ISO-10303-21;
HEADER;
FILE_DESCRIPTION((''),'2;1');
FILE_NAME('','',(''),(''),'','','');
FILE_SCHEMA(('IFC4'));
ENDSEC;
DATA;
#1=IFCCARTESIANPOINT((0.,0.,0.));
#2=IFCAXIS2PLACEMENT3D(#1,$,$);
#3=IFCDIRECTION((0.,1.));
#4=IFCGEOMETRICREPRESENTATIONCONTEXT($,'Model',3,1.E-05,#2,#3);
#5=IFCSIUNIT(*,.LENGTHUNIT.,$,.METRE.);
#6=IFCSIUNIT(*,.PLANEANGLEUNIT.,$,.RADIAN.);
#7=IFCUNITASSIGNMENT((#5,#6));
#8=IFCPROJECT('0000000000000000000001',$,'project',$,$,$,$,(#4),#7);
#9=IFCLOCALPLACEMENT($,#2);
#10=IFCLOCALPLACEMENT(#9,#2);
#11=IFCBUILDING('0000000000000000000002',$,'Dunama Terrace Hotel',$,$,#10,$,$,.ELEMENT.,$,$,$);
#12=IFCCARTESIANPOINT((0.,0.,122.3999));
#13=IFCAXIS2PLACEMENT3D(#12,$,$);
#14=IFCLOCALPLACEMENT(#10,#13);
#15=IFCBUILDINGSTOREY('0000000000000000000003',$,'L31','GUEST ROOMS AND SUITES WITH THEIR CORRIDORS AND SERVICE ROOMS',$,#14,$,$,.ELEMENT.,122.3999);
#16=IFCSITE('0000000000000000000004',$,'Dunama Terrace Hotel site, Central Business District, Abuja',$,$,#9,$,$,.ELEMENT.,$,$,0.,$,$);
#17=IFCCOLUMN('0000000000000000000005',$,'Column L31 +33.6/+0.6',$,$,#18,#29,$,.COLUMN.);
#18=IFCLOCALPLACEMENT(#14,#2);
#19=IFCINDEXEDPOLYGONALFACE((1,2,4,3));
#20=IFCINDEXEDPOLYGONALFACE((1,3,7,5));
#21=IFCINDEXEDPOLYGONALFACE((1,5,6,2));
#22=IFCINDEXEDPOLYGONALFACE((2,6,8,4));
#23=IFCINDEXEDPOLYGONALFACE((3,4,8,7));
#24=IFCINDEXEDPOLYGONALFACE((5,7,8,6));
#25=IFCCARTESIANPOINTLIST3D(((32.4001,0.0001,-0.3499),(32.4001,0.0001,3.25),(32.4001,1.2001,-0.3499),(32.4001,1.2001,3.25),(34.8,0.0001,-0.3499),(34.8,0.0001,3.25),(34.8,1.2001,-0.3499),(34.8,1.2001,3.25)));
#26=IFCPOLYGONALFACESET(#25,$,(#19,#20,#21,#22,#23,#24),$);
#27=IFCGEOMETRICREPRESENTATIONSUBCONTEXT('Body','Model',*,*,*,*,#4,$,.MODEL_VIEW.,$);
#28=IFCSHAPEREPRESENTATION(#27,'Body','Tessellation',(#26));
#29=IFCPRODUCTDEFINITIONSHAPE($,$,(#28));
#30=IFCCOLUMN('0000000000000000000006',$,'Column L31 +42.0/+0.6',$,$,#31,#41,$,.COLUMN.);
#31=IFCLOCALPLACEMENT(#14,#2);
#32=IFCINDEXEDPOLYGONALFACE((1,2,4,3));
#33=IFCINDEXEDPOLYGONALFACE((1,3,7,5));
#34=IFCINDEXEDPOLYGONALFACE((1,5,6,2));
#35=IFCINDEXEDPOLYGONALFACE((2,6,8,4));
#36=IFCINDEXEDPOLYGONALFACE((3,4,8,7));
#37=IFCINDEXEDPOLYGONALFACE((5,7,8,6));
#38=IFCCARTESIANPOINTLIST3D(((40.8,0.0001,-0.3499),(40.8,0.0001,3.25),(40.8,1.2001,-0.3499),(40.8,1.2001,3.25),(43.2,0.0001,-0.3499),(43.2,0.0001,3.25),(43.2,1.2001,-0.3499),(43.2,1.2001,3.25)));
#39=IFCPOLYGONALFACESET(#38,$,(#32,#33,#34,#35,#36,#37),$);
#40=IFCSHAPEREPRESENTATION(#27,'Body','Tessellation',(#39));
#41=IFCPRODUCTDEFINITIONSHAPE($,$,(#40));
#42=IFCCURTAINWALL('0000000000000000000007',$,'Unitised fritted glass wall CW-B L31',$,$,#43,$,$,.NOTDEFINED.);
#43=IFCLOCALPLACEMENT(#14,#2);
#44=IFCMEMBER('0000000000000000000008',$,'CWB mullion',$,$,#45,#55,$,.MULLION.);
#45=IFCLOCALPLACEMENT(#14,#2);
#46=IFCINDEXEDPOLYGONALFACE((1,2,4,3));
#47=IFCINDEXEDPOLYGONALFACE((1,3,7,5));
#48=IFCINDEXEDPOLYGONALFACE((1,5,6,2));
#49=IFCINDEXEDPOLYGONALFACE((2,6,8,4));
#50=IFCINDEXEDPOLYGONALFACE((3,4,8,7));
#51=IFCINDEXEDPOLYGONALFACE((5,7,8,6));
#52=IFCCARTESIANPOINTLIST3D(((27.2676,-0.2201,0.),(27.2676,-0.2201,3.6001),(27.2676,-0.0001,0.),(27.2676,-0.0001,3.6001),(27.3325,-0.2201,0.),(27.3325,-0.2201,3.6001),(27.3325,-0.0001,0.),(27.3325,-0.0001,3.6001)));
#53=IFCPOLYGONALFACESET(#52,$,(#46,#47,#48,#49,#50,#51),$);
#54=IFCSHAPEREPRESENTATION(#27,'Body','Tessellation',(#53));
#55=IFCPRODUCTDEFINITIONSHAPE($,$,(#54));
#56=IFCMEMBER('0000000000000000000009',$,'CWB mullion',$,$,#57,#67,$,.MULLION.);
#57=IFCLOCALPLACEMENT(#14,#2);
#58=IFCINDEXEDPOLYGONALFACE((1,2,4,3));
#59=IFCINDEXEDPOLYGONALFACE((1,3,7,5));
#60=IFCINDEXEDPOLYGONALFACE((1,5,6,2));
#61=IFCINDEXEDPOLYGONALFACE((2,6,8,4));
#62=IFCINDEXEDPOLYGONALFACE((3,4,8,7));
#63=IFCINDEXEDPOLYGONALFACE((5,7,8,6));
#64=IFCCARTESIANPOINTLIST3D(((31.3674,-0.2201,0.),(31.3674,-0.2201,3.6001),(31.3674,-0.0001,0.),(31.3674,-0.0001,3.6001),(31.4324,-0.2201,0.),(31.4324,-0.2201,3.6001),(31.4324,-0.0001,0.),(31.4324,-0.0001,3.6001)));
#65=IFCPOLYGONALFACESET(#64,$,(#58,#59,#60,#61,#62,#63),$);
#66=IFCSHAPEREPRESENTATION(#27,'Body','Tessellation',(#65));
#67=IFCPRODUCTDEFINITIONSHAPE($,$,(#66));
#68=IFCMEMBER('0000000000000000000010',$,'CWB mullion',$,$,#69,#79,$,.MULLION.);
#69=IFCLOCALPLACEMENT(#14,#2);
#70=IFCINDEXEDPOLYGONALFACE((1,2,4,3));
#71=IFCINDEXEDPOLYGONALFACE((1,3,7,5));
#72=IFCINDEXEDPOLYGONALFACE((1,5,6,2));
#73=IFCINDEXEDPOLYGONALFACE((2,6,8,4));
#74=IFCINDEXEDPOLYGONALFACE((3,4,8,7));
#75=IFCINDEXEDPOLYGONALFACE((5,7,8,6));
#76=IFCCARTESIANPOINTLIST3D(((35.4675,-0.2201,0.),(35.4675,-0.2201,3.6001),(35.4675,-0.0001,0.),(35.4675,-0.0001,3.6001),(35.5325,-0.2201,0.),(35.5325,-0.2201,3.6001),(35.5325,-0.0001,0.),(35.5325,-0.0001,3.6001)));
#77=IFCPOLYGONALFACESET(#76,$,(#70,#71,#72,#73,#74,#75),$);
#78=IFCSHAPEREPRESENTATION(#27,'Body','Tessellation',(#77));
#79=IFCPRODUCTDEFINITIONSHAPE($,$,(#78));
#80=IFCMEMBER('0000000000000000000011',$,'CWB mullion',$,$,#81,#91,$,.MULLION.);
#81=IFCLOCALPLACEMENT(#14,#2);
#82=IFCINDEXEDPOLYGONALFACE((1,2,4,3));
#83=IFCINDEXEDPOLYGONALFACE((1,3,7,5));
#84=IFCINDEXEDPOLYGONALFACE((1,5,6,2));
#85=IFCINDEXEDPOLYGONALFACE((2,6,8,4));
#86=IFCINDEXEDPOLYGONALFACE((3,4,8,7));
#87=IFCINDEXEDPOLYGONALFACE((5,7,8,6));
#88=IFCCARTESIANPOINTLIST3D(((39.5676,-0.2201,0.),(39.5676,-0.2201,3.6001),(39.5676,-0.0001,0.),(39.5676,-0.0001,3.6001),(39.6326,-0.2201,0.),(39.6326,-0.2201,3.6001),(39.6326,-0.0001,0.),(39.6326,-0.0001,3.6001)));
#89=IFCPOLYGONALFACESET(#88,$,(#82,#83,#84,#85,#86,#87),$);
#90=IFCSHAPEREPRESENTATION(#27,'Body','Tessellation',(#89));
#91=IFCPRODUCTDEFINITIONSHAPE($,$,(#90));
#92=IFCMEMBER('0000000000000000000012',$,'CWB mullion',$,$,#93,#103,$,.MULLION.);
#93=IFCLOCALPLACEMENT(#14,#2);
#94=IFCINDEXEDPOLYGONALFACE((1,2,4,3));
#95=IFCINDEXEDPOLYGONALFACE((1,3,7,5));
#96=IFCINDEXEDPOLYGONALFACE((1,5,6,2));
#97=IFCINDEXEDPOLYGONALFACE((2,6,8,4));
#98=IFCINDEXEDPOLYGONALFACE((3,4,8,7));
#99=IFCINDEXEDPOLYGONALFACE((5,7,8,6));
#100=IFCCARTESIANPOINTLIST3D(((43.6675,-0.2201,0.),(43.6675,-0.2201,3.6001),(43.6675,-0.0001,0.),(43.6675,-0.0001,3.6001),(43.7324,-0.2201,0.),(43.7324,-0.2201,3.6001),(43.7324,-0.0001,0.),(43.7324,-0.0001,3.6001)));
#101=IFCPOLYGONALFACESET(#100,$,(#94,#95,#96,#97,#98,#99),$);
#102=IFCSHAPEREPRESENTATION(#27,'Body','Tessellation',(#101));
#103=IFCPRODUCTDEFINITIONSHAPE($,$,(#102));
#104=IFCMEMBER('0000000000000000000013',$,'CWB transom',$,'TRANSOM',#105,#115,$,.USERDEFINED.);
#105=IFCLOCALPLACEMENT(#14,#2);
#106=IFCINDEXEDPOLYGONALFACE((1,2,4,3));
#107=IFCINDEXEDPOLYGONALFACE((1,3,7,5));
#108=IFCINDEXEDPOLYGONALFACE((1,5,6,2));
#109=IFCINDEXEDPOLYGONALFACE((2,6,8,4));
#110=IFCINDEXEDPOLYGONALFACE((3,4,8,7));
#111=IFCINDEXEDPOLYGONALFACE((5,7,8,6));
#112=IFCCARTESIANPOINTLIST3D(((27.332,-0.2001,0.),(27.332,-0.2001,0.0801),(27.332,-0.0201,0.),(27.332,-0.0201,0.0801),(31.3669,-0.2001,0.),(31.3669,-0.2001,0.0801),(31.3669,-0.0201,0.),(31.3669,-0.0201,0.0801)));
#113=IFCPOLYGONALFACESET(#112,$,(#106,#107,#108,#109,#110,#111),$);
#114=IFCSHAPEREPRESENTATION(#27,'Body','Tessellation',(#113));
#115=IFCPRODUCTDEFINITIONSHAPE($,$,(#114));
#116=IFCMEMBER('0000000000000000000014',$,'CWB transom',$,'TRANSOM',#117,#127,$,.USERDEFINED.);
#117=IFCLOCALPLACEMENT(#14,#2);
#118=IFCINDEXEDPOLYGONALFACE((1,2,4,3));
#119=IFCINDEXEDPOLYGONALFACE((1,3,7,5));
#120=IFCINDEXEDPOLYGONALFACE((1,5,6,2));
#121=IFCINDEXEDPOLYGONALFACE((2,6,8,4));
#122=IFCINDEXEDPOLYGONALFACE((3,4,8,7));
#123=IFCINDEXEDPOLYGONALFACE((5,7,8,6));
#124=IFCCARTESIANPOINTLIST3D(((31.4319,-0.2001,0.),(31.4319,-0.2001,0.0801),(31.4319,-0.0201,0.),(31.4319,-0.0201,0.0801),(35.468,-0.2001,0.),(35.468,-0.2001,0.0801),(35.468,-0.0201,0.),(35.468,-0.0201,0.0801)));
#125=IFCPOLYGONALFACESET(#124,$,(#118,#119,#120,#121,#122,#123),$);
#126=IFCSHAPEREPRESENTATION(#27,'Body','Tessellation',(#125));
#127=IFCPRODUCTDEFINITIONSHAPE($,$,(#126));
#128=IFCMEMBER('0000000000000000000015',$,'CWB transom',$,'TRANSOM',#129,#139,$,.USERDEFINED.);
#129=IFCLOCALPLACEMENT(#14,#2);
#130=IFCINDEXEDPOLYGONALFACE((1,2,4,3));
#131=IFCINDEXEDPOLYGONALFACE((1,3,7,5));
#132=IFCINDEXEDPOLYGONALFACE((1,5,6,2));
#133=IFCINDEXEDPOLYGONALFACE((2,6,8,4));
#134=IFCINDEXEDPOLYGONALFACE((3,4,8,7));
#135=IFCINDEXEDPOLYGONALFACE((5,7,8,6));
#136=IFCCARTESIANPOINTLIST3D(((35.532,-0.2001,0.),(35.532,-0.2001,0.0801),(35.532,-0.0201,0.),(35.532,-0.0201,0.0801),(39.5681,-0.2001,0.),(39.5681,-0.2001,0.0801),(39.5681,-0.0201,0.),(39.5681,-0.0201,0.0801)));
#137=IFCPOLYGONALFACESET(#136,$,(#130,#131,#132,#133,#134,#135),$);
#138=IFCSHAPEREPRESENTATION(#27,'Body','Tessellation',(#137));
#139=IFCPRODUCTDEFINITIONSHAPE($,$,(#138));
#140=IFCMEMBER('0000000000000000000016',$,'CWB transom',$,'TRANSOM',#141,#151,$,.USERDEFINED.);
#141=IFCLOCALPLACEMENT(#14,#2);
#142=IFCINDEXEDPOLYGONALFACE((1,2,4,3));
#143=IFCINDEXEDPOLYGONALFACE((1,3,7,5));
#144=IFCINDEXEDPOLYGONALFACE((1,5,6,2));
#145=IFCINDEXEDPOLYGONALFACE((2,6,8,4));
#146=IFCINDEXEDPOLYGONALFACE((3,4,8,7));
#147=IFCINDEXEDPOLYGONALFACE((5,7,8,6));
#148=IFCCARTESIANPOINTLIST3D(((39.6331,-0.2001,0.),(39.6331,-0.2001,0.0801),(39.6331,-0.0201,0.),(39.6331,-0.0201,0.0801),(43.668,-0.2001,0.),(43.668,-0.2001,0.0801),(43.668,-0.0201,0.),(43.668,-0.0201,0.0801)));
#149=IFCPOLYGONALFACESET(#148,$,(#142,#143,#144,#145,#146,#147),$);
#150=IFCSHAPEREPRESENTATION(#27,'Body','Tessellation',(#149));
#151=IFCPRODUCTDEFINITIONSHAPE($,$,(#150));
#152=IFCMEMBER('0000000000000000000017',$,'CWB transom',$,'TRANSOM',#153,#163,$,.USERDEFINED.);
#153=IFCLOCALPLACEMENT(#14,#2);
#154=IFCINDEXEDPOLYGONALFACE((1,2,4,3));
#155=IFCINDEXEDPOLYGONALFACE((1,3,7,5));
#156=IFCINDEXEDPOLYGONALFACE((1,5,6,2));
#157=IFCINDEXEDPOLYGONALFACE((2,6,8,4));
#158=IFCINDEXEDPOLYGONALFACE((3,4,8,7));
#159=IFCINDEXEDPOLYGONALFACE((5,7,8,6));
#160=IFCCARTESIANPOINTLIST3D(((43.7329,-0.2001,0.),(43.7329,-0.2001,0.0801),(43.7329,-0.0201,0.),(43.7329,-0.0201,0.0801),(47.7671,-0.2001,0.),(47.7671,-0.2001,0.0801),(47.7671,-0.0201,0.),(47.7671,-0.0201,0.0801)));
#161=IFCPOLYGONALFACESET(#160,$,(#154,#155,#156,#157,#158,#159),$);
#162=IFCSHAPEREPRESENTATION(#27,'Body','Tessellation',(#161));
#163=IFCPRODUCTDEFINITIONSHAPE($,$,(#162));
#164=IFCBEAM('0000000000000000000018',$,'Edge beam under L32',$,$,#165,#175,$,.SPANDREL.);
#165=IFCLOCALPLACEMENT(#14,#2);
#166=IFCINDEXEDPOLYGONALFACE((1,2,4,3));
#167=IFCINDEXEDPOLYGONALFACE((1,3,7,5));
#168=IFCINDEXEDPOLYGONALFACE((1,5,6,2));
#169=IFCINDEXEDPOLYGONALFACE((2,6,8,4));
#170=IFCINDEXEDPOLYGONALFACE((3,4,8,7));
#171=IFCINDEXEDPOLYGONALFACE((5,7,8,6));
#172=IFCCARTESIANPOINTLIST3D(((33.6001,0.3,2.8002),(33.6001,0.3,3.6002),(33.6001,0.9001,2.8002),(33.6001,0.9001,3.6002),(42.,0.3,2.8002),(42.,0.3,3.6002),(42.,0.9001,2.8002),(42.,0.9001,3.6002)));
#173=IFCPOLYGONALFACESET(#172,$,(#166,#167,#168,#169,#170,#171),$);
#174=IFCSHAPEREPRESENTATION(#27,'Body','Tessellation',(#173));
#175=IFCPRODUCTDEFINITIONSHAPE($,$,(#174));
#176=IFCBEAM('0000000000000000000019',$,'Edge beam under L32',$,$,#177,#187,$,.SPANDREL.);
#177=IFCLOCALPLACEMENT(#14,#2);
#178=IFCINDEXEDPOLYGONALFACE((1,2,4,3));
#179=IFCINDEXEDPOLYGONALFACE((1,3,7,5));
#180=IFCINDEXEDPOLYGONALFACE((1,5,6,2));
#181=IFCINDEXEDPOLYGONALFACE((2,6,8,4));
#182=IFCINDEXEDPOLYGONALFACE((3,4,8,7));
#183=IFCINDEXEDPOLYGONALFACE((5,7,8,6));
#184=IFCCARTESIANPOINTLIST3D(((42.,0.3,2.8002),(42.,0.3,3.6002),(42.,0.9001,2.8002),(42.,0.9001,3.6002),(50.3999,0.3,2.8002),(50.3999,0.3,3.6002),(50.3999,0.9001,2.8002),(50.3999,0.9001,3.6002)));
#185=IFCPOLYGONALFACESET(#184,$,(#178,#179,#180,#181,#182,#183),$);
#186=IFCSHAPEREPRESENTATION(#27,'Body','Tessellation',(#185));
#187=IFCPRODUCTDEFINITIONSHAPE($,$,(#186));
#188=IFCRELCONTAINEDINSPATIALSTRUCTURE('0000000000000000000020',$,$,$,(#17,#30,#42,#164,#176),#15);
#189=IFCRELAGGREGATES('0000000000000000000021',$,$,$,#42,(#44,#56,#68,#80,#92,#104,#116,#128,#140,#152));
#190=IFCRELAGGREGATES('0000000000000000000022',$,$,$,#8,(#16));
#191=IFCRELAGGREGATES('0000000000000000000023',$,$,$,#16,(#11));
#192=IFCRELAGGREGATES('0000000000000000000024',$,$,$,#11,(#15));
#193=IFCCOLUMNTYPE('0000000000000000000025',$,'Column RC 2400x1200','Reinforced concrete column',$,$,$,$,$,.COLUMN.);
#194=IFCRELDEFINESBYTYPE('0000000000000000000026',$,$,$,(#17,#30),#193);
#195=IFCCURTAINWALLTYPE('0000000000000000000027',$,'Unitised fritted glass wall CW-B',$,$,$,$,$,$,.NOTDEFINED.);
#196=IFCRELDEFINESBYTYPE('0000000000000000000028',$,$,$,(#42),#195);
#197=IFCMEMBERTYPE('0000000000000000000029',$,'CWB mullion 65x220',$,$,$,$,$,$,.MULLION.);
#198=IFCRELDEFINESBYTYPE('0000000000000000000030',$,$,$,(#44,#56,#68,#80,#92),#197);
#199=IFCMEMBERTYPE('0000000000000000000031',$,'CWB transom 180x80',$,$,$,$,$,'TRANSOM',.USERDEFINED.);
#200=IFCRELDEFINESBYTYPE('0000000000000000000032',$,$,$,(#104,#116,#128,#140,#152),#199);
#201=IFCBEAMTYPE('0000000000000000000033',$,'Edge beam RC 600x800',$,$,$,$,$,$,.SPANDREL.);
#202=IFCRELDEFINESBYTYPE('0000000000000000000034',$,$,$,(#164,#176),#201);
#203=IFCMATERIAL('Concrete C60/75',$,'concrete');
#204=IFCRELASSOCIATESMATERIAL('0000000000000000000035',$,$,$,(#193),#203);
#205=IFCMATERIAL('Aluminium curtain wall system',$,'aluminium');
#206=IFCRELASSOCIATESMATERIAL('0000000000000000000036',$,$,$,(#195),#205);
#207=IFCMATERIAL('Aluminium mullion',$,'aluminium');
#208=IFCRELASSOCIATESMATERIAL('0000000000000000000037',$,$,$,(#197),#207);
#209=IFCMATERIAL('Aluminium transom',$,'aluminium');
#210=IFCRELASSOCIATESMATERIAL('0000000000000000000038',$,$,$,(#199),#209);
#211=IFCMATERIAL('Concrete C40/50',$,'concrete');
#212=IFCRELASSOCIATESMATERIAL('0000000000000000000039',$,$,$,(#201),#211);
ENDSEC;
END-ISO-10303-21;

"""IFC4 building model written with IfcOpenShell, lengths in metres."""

from ifc_helpers import new_model, si_unit, direction, frame, origin, origin_2d, place, context, subcontext, project, spatial, rectangle, extrude, material, material_profile, profile_set, type_object, element, aggregate, save


model = new_model("IFC4")

# Units and contexts
model_context = context("Model", 3, precision=1e-05, world=origin(), true_north=direction((0.0, 1.0)))
body_context = subcontext(model_context, "Body", "Model", "MODEL_VIEW")
ifc_project = project(units=[si_unit("LENGTHUNIT", "METRE"), si_unit("PLANEANGLEUNIT", "RADIAN")], contexts=[model_context])

# Site, building, storey
site_placement = place(None, origin())
site = spatial("IfcSite", under=ifc_project, at=site_placement, Name="Dunama Terrace Hotel site, Central Business District, Abuja", CompositionType="ELEMENT", RefElevation=0.0)
building_placement = place(site_placement, origin())
building = spatial("IfcBuilding", under=site, at=building_placement, Name="Dunama Terrace Hotel", CompositionType="ELEMENT")
storey_placement = place(building_placement, frame((0.0, 0.0, 122.3999)))
storey = spatial("IfcBuildingStorey", under=building, at=storey_placement, Name="L31", Description="GUEST ROOMS AND SUITES WITH THEIR CORRIDORS AND SERVICE ROOMS", CompositionType="ELEMENT", Elevation=122.3999)

# Columns
ifc_material_1 = material(Name="Concrete C60/75", Category="concrete")
ifc_material_profile_1 = material_profile(ifc_material_1, rectangle(XDim=2.3999, YDim=1.2, at=origin_2d()), Name="RC 2400x1200")
ifc_profile_set_1 = profile_set([ifc_material_profile_1], Name="Concrete C60/75")
column_type = type_object("IfcColumnType", Name="Column RC 2400x1200", Description="Reinforced concrete column", PredefinedType="COLUMN", material=ifc_profile_set_1)
for number, where, z_axis, x_axis, name in (
    (1, (33.6001, 0.6001, -0.3499), (0.0, 0.0, 1.0), (1.0, 0.0, 0.0), "Column L31 +33.6/+0.6"),
    (2, (42.0, 0.6001, -0.3499), (0.0, 0.0, 1.0), (1.0, 0.0, 0.0), "Column L31 +42.0/+0.6"),
):
    element("IfcColumn", number, at=place(storey_placement, frame(where, z_axis=z_axis, x_axis=x_axis)), inside=storey, type_object=column_type, Name=name, PredefinedType="COLUMN", context=body_context, shape_type="SweptSolid", body=[
        extrude(rectangle(XDim=2.3999, YDim=1.2, at=origin_2d()), origin(), (0.0, 0.0, 1.0), 3.5999),
    ])

# Curtain wall, members
ifc_material_2 = material(Name="Aluminium curtain wall system", Category="aluminium")
curtain_wall_type = type_object("IfcCurtainWallType", Name="Unitised fritted glass wall CW-B", PredefinedType="NOTDEFINED", material=ifc_material_2)
curtain_wall_placement = place(storey_placement, origin())
curtain_wall = element("IfcCurtainWall", 3, at=curtain_wall_placement, inside=storey, type_object=curtain_wall_type, Name="Unitised fritted glass wall CW-B L31", PredefinedType="NOTDEFINED")
ifc_material_3 = material(Name="Aluminium mullion", Category="aluminium")
ifc_material_profile_2 = material_profile(ifc_material_3, rectangle(XDim=0.0649, YDim=0.22, at=origin_2d()), Name="CWB MULLION 65X220")
ifc_profile_set_2 = profile_set([ifc_material_profile_2], Name="Aluminium mullion")
member_type_1 = type_object("IfcMemberType", Name="CWB mullion 65x220", PredefinedType="MULLION", material=ifc_profile_set_2)
member_1_placement = place(storey_placement, frame((27.3, -0.1101, 0.0), z_axis=(0.0, 0.0, 1.0), x_axis=(1.0, 0.0, 0.0)))
member_1 = element("IfcMember", 4, at=member_1_placement, type_object=member_type_1, Name="CWB mullion", PredefinedType="MULLION", context=body_context, shape_type="SweptSolid", body=[
    extrude(rectangle(XDim=0.0649, YDim=0.22, at=origin_2d()), origin(), (0.0, 0.0, 1.0), 3.6001),
])
member_2_placement = place(storey_placement, frame((31.3999, -0.1101, 0.0), z_axis=(0.0, 0.0, 1.0), x_axis=(1.0, 0.0, 0.0)))
member_2 = element("IfcMember", 5, at=member_2_placement, type_object=member_type_1, Name="CWB mullion", PredefinedType="MULLION", context=body_context, shape_type="SweptSolid", body=[
    extrude(rectangle(XDim=0.0649, YDim=0.22, at=origin_2d()), origin(), (0.0, 0.0, 1.0), 3.6001),
])
member_3_placement = place(storey_placement, frame((35.5, -0.1101, 0.0), z_axis=(0.0, 0.0, 1.0), x_axis=(1.0, 0.0, 0.0)))
member_3 = element("IfcMember", 6, at=member_3_placement, type_object=member_type_1, Name="CWB mullion", PredefinedType="MULLION", context=body_context, shape_type="SweptSolid", body=[
    extrude(rectangle(XDim=0.0649, YDim=0.22, at=origin_2d()), origin(), (0.0, 0.0, 1.0), 3.6001),
])
member_4_placement = place(storey_placement, frame((39.6001, -0.1101, 0.0), z_axis=(0.0, 0.0, 1.0), x_axis=(1.0, 0.0, 0.0)))
member_4 = element("IfcMember", 7, at=member_4_placement, type_object=member_type_1, Name="CWB mullion", PredefinedType="MULLION", context=body_context, shape_type="SweptSolid", body=[
    extrude(rectangle(XDim=0.0649, YDim=0.22, at=origin_2d()), origin(), (0.0, 0.0, 1.0), 3.6001),
])
member_5_placement = place(storey_placement, frame((43.7, -0.1101, 0.0), z_axis=(0.0, 0.0, 1.0), x_axis=(1.0, 0.0, 0.0)))
member_5 = element("IfcMember", 8, at=member_5_placement, type_object=member_type_1, Name="CWB mullion", PredefinedType="MULLION", context=body_context, shape_type="SweptSolid", body=[
    extrude(rectangle(XDim=0.0649, YDim=0.22, at=origin_2d()), origin(), (0.0, 0.0, 1.0), 3.6001),
])
ifc_material_4 = material(Name="Aluminium transom", Category="aluminium")
ifc_material_profile_3 = material_profile(ifc_material_4, rectangle(XDim=0.1799, YDim=0.0801, at=origin_2d()), Name="CWB TRANSOM 180X80")
ifc_profile_set_3 = profile_set([ifc_material_profile_3], Name="Aluminium transom")
member_type_2 = type_object("IfcMemberType", Name="CWB transom 180x80", ElementType="TRANSOM", PredefinedType="USERDEFINED", material=ifc_profile_set_3)
member_6_placement = place(storey_placement, frame((27.332, -0.1101, 0.04), z_axis=(1.0, 0.0, 0.0), x_axis=(0.0, 1.0, 0.0)))
member_6 = element("IfcMember", 9, at=member_6_placement, type_object=member_type_2, Name="CWB transom", ObjectType="TRANSOM", PredefinedType="USERDEFINED", context=body_context, shape_type="SweptSolid", body=[
    extrude(rectangle(XDim=0.1799, YDim=0.0801, at=origin_2d()), origin(), (0.0, 0.0, 1.0), 4.0349),
])
member_7_placement = place(storey_placement, frame((31.4319, -0.1101, 0.04), z_axis=(1.0, 0.0, 0.0), x_axis=(0.0, 1.0, 0.0)))
member_7 = element("IfcMember", 10, at=member_7_placement, type_object=member_type_2, Name="CWB transom", ObjectType="TRANSOM", PredefinedType="USERDEFINED", context=body_context, shape_type="SweptSolid", body=[
    extrude(rectangle(XDim=0.1799, YDim=0.0801, at=origin_2d()), origin(), (0.0, 0.0, 1.0), 4.0361),
])
member_8_placement = place(storey_placement, frame((35.532, -0.1101, 0.04), z_axis=(1.0, 0.0, 0.0), x_axis=(0.0, 1.0, 0.0)))
member_8 = element("IfcMember", 11, at=member_8_placement, type_object=member_type_2, Name="CWB transom", ObjectType="TRANSOM", PredefinedType="USERDEFINED", context=body_context, shape_type="SweptSolid", body=[
    extrude(rectangle(XDim=0.1799, YDim=0.0801, at=origin_2d()), origin(), (0.0, 0.0, 1.0), 4.0361),
])
member_9_placement = place(storey_placement, frame((39.6331, -0.1101, 0.04), z_axis=(1.0, 0.0, 0.0), x_axis=(0.0, 1.0, 0.0)))
member_9 = element("IfcMember", 12, at=member_9_placement, type_object=member_type_2, Name="CWB transom", ObjectType="TRANSOM", PredefinedType="USERDEFINED", context=body_context, shape_type="SweptSolid", body=[
    extrude(rectangle(XDim=0.1799, YDim=0.0801, at=origin_2d()), origin(), (0.0, 0.0, 1.0), 4.0349),
])
member_10_placement = place(storey_placement, frame((43.7329, -0.1101, 0.04), z_axis=(1.0, 0.0, 0.0), x_axis=(0.0, 1.0, 0.0)))
member_10 = element("IfcMember", 13, at=member_10_placement, type_object=member_type_2, Name="CWB transom", ObjectType="TRANSOM", PredefinedType="USERDEFINED", context=body_context, shape_type="SweptSolid", body=[
    extrude(rectangle(XDim=0.1799, YDim=0.0801, at=origin_2d()), origin(), (0.0, 0.0, 1.0), 4.0342),
])

# Beams
ifc_material_5 = material(Name="Concrete C40/50", Category="concrete")
ifc_material_profile_4 = material_profile(ifc_material_5, rectangle(XDim=0.6001, YDim=0.8, at=origin_2d()), Name="RC 600x800")
ifc_profile_set_4 = profile_set([ifc_material_profile_4], Name="Concrete C40/50")
beam_type = type_object("IfcBeamType", Name="Edge beam RC 600x800", PredefinedType="SPANDREL", material=ifc_profile_set_4)
for number, where, z_axis, x_axis, name in (
    (14, (33.6001, 0.6001, 3.2002), (1.0, 0.0, 0.0), (0.0, 1.0, 0.0), "Edge beam under L32"),
    (15, (42.0, 0.6001, 3.2002), (1.0, 0.0, 0.0), (0.0, 1.0, 0.0), "Edge beam under L32"),
):
    element("IfcBeam", number, at=place(storey_placement, frame(where, z_axis=z_axis, x_axis=x_axis)), inside=storey, type_object=beam_type, Name=name, PredefinedType="SPANDREL", context=body_context, shape_type="SweptSolid", body=[
        extrude(rectangle(XDim=0.6001, YDim=0.8, at=origin_2d()), origin(), (0.0, 0.0, 1.0), 8.3999),
    ])

aggregate(curtain_wall, [member_1, member_2, member_3, member_4, member_5, member_6, member_7, member_8, member_9, member_10])

save(model, "model.ifc")
